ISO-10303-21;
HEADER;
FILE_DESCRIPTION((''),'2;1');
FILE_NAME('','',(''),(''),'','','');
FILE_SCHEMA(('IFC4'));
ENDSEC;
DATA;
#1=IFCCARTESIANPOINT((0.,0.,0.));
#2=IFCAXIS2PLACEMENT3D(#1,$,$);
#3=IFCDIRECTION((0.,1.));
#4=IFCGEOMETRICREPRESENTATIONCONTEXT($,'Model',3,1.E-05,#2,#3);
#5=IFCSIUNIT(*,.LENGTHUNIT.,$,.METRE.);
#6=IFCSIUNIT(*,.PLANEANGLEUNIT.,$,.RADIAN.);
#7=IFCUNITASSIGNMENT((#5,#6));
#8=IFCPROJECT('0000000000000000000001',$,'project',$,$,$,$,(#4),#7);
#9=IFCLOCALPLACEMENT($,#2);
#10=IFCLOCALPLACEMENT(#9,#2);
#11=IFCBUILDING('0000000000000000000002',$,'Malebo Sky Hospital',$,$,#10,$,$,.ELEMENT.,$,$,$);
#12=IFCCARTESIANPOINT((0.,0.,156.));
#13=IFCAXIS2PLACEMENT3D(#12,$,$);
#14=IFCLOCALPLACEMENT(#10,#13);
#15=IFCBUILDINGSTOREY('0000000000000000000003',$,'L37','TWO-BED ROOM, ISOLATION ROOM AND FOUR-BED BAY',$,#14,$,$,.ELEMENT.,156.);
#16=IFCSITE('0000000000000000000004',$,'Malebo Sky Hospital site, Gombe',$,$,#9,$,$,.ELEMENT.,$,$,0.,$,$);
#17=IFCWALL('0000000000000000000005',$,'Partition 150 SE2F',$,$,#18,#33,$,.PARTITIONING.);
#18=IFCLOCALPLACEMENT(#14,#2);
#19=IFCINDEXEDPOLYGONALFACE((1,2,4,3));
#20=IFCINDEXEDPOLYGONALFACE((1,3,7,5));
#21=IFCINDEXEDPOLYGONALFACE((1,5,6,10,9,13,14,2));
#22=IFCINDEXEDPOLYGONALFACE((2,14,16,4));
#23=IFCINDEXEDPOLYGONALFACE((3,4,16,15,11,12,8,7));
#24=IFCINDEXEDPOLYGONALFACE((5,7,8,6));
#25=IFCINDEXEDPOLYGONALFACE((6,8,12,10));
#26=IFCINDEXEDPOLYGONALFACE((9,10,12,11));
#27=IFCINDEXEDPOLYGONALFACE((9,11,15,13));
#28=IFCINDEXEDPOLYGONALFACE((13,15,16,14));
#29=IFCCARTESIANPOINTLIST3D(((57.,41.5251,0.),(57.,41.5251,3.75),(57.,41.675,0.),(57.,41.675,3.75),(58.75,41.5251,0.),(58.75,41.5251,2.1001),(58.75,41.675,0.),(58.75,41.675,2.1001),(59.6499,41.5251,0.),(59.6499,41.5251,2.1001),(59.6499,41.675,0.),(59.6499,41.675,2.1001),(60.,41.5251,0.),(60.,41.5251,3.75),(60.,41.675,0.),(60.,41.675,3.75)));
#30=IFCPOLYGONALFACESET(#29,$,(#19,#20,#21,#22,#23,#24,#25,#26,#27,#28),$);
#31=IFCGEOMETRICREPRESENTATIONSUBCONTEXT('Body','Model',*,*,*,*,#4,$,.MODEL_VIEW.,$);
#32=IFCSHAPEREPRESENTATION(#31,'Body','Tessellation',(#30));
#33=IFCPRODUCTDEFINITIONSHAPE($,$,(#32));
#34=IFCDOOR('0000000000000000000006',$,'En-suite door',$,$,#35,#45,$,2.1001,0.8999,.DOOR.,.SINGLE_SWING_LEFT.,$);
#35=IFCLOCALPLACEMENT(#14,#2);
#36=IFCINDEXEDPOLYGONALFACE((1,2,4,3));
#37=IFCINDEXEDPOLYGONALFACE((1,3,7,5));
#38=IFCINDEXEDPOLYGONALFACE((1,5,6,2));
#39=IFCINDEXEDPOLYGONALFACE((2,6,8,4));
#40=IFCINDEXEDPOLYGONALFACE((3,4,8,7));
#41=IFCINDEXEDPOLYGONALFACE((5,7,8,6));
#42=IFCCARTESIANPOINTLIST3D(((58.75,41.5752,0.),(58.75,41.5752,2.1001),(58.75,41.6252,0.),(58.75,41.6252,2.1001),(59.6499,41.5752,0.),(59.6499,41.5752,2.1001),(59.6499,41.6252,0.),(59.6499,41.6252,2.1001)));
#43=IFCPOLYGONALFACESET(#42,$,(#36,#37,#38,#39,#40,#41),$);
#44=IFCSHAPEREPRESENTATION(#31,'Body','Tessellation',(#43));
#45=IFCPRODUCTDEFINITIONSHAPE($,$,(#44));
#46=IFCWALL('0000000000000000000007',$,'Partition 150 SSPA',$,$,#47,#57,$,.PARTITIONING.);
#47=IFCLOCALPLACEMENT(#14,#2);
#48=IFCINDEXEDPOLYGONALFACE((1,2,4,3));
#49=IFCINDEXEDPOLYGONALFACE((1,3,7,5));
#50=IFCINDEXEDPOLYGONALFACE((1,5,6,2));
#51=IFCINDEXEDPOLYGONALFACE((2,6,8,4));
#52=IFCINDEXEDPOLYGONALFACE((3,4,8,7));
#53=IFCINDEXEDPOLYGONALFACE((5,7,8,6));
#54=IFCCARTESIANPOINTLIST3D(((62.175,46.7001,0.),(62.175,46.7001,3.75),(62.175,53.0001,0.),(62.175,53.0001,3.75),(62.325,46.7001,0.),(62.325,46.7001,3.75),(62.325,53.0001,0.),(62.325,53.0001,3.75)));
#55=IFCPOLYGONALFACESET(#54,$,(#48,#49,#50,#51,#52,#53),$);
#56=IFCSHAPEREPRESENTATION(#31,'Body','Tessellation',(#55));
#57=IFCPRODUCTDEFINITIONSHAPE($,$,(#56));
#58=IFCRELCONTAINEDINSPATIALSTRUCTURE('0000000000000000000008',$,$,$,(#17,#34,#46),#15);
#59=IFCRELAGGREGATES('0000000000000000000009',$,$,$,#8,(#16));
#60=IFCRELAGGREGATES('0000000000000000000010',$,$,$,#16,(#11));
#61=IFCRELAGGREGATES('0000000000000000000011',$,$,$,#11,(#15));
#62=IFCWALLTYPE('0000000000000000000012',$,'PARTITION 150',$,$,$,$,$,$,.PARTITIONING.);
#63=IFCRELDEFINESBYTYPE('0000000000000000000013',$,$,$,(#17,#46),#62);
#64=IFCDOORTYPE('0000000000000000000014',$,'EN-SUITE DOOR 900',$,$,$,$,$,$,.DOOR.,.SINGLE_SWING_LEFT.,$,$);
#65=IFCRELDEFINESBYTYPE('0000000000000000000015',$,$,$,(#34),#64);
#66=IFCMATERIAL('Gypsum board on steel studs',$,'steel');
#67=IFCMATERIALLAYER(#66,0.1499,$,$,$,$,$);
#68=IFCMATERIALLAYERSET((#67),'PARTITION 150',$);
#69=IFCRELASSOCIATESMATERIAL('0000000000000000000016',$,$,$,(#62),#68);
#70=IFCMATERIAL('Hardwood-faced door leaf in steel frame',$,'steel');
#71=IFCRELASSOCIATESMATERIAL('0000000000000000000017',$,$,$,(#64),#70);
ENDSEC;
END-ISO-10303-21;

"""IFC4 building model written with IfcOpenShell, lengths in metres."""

from ifc_helpers import new_model, si_unit, direction, frame, frame_2d, origin, place, context, subcontext, project, spatial, rectangle, extrude, material, layer, layer_set, type_object, element, fill, save


model = new_model("IFC4")

# Units and contexts
model_context = context("Model", 3, precision=1e-05, world=origin(), true_north=direction((0.0, 1.0)))
body_context = subcontext(model_context, "Body", "Model", "MODEL_VIEW")
ifc_project = project(units=[si_unit("LENGTHUNIT", "METRE"), si_unit("PLANEANGLEUNIT", "RADIAN")], contexts=[model_context])

# Site, building, storey
site_placement = place(None, origin())
site = spatial("IfcSite", under=ifc_project, at=site_placement, Name="Malebo Sky Hospital site, Gombe", CompositionType="ELEMENT", RefElevation=0.0)
building_placement = place(site_placement, origin())
building = spatial("IfcBuilding", under=site, at=building_placement, Name="Malebo Sky Hospital", CompositionType="ELEMENT")
storey_placement = place(building_placement, frame((0.0, 0.0, 156.0)))
storey = spatial("IfcBuildingStorey", under=building, at=storey_placement, Name="L37", Description="TWO-BED ROOM, ISOLATION ROOM AND FOUR-BED BAY", CompositionType="ELEMENT", Elevation=156.0)

# Shared definitions
ifc_material_1 = material(Name="Gypsum board on steel studs", Category="steel")
ifc_layer = layer(ifc_material_1, 0.1499)
ifc_layer_set = layer_set([ifc_layer], Name="PARTITION 150")
wall_type = type_object("IfcWallType", Name="PARTITION 150", PredefinedType="PARTITIONING", material=ifc_layer_set)

# Shared definitions
ifc_material_2 = material(Name="Hardwood-faced door leaf in steel frame", Category="steel")
door_type = type_object("IfcDoorType", Name="EN-SUITE DOOR 900", OperationType="SINGLE_SWING_LEFT", PredefinedType="DOOR", material=ifc_material_2)

# Wall, opening, door
wall_1_placement = place(storey_placement, frame((60.0, 41.6001, 0.0), z_axis=(0.0, 0.0, 1.0), x_axis=(-1.0, 0.0, 0.0)))
wall_1 = element("IfcWall", 1, at=wall_1_placement, inside=storey, type_object=wall_type, Name="Partition 150 SE2F", PredefinedType="PARTITIONING", context=body_context, shape_type="SweptSolid", body=[
    extrude(rectangle(XDim=3.0, YDim=0.1499, at=frame_2d((1.5, 0.0))), origin(), (0.0, 0.0, 1.0), 3.75),
])
opening_1_placement = place(wall_1_placement, frame((0.3501, 0.0, 0.0)))
opening_1 = element("IfcOpeningElement", 2, at=opening_1_placement, cuts=wall_1, PredefinedType="OPENING", context=body_context, shape_type="SweptSolid", body=[
    extrude(rectangle(XDim=0.8999, YDim=2.1001, at=frame_2d((0.45, 1.05))), frame((0.0, 0.085, 0.0), z_axis=(0.0, -1.0, 0.0), x_axis=(1.0, 0.0, 0.0)), (0.0, 0.0, 1.0), 0.1699),
])
door_1_placement = place(opening_1_placement, origin())
door_1 = element("IfcDoor", 3, at=door_1_placement, inside=storey, type_object=door_type, Name="En-suite door", OperationType="SINGLE_SWING_LEFT", OverallHeight=2.1001, OverallWidth=0.8999, PredefinedType="DOOR", context=body_context, shape_type="SweptSolid", body=[
    extrude(rectangle(XDim=0.8999, YDim=2.1001, at=frame_2d((0.45, 1.05))), frame((0.0, 0.0249, 0.0), z_axis=(0.0, -1.0, 0.0), x_axis=(1.0, 0.0, 0.0)), (0.0, 0.0, 1.0), 0.05),
])
fill(opening_1, door_1)

# Wall
wall_2_placement = place(storey_placement, frame((62.25, 53.0, 0.0), z_axis=(0.0, 0.0, 1.0), x_axis=(0.0, -1.0, 0.0)))
element("IfcWall", 4, at=wall_2_placement, inside=storey, type_object=wall_type, Name="Partition 150 SSPA", PredefinedType="PARTITIONING", context=body_context, shape_type="SweptSolid", body=[
    extrude(rectangle(XDim=6.3, YDim=0.1499, at=frame_2d((3.1499, 0.0))), origin(), (0.0, 0.0, 1.0), 3.75),
])

save(model, "model.ifc")
